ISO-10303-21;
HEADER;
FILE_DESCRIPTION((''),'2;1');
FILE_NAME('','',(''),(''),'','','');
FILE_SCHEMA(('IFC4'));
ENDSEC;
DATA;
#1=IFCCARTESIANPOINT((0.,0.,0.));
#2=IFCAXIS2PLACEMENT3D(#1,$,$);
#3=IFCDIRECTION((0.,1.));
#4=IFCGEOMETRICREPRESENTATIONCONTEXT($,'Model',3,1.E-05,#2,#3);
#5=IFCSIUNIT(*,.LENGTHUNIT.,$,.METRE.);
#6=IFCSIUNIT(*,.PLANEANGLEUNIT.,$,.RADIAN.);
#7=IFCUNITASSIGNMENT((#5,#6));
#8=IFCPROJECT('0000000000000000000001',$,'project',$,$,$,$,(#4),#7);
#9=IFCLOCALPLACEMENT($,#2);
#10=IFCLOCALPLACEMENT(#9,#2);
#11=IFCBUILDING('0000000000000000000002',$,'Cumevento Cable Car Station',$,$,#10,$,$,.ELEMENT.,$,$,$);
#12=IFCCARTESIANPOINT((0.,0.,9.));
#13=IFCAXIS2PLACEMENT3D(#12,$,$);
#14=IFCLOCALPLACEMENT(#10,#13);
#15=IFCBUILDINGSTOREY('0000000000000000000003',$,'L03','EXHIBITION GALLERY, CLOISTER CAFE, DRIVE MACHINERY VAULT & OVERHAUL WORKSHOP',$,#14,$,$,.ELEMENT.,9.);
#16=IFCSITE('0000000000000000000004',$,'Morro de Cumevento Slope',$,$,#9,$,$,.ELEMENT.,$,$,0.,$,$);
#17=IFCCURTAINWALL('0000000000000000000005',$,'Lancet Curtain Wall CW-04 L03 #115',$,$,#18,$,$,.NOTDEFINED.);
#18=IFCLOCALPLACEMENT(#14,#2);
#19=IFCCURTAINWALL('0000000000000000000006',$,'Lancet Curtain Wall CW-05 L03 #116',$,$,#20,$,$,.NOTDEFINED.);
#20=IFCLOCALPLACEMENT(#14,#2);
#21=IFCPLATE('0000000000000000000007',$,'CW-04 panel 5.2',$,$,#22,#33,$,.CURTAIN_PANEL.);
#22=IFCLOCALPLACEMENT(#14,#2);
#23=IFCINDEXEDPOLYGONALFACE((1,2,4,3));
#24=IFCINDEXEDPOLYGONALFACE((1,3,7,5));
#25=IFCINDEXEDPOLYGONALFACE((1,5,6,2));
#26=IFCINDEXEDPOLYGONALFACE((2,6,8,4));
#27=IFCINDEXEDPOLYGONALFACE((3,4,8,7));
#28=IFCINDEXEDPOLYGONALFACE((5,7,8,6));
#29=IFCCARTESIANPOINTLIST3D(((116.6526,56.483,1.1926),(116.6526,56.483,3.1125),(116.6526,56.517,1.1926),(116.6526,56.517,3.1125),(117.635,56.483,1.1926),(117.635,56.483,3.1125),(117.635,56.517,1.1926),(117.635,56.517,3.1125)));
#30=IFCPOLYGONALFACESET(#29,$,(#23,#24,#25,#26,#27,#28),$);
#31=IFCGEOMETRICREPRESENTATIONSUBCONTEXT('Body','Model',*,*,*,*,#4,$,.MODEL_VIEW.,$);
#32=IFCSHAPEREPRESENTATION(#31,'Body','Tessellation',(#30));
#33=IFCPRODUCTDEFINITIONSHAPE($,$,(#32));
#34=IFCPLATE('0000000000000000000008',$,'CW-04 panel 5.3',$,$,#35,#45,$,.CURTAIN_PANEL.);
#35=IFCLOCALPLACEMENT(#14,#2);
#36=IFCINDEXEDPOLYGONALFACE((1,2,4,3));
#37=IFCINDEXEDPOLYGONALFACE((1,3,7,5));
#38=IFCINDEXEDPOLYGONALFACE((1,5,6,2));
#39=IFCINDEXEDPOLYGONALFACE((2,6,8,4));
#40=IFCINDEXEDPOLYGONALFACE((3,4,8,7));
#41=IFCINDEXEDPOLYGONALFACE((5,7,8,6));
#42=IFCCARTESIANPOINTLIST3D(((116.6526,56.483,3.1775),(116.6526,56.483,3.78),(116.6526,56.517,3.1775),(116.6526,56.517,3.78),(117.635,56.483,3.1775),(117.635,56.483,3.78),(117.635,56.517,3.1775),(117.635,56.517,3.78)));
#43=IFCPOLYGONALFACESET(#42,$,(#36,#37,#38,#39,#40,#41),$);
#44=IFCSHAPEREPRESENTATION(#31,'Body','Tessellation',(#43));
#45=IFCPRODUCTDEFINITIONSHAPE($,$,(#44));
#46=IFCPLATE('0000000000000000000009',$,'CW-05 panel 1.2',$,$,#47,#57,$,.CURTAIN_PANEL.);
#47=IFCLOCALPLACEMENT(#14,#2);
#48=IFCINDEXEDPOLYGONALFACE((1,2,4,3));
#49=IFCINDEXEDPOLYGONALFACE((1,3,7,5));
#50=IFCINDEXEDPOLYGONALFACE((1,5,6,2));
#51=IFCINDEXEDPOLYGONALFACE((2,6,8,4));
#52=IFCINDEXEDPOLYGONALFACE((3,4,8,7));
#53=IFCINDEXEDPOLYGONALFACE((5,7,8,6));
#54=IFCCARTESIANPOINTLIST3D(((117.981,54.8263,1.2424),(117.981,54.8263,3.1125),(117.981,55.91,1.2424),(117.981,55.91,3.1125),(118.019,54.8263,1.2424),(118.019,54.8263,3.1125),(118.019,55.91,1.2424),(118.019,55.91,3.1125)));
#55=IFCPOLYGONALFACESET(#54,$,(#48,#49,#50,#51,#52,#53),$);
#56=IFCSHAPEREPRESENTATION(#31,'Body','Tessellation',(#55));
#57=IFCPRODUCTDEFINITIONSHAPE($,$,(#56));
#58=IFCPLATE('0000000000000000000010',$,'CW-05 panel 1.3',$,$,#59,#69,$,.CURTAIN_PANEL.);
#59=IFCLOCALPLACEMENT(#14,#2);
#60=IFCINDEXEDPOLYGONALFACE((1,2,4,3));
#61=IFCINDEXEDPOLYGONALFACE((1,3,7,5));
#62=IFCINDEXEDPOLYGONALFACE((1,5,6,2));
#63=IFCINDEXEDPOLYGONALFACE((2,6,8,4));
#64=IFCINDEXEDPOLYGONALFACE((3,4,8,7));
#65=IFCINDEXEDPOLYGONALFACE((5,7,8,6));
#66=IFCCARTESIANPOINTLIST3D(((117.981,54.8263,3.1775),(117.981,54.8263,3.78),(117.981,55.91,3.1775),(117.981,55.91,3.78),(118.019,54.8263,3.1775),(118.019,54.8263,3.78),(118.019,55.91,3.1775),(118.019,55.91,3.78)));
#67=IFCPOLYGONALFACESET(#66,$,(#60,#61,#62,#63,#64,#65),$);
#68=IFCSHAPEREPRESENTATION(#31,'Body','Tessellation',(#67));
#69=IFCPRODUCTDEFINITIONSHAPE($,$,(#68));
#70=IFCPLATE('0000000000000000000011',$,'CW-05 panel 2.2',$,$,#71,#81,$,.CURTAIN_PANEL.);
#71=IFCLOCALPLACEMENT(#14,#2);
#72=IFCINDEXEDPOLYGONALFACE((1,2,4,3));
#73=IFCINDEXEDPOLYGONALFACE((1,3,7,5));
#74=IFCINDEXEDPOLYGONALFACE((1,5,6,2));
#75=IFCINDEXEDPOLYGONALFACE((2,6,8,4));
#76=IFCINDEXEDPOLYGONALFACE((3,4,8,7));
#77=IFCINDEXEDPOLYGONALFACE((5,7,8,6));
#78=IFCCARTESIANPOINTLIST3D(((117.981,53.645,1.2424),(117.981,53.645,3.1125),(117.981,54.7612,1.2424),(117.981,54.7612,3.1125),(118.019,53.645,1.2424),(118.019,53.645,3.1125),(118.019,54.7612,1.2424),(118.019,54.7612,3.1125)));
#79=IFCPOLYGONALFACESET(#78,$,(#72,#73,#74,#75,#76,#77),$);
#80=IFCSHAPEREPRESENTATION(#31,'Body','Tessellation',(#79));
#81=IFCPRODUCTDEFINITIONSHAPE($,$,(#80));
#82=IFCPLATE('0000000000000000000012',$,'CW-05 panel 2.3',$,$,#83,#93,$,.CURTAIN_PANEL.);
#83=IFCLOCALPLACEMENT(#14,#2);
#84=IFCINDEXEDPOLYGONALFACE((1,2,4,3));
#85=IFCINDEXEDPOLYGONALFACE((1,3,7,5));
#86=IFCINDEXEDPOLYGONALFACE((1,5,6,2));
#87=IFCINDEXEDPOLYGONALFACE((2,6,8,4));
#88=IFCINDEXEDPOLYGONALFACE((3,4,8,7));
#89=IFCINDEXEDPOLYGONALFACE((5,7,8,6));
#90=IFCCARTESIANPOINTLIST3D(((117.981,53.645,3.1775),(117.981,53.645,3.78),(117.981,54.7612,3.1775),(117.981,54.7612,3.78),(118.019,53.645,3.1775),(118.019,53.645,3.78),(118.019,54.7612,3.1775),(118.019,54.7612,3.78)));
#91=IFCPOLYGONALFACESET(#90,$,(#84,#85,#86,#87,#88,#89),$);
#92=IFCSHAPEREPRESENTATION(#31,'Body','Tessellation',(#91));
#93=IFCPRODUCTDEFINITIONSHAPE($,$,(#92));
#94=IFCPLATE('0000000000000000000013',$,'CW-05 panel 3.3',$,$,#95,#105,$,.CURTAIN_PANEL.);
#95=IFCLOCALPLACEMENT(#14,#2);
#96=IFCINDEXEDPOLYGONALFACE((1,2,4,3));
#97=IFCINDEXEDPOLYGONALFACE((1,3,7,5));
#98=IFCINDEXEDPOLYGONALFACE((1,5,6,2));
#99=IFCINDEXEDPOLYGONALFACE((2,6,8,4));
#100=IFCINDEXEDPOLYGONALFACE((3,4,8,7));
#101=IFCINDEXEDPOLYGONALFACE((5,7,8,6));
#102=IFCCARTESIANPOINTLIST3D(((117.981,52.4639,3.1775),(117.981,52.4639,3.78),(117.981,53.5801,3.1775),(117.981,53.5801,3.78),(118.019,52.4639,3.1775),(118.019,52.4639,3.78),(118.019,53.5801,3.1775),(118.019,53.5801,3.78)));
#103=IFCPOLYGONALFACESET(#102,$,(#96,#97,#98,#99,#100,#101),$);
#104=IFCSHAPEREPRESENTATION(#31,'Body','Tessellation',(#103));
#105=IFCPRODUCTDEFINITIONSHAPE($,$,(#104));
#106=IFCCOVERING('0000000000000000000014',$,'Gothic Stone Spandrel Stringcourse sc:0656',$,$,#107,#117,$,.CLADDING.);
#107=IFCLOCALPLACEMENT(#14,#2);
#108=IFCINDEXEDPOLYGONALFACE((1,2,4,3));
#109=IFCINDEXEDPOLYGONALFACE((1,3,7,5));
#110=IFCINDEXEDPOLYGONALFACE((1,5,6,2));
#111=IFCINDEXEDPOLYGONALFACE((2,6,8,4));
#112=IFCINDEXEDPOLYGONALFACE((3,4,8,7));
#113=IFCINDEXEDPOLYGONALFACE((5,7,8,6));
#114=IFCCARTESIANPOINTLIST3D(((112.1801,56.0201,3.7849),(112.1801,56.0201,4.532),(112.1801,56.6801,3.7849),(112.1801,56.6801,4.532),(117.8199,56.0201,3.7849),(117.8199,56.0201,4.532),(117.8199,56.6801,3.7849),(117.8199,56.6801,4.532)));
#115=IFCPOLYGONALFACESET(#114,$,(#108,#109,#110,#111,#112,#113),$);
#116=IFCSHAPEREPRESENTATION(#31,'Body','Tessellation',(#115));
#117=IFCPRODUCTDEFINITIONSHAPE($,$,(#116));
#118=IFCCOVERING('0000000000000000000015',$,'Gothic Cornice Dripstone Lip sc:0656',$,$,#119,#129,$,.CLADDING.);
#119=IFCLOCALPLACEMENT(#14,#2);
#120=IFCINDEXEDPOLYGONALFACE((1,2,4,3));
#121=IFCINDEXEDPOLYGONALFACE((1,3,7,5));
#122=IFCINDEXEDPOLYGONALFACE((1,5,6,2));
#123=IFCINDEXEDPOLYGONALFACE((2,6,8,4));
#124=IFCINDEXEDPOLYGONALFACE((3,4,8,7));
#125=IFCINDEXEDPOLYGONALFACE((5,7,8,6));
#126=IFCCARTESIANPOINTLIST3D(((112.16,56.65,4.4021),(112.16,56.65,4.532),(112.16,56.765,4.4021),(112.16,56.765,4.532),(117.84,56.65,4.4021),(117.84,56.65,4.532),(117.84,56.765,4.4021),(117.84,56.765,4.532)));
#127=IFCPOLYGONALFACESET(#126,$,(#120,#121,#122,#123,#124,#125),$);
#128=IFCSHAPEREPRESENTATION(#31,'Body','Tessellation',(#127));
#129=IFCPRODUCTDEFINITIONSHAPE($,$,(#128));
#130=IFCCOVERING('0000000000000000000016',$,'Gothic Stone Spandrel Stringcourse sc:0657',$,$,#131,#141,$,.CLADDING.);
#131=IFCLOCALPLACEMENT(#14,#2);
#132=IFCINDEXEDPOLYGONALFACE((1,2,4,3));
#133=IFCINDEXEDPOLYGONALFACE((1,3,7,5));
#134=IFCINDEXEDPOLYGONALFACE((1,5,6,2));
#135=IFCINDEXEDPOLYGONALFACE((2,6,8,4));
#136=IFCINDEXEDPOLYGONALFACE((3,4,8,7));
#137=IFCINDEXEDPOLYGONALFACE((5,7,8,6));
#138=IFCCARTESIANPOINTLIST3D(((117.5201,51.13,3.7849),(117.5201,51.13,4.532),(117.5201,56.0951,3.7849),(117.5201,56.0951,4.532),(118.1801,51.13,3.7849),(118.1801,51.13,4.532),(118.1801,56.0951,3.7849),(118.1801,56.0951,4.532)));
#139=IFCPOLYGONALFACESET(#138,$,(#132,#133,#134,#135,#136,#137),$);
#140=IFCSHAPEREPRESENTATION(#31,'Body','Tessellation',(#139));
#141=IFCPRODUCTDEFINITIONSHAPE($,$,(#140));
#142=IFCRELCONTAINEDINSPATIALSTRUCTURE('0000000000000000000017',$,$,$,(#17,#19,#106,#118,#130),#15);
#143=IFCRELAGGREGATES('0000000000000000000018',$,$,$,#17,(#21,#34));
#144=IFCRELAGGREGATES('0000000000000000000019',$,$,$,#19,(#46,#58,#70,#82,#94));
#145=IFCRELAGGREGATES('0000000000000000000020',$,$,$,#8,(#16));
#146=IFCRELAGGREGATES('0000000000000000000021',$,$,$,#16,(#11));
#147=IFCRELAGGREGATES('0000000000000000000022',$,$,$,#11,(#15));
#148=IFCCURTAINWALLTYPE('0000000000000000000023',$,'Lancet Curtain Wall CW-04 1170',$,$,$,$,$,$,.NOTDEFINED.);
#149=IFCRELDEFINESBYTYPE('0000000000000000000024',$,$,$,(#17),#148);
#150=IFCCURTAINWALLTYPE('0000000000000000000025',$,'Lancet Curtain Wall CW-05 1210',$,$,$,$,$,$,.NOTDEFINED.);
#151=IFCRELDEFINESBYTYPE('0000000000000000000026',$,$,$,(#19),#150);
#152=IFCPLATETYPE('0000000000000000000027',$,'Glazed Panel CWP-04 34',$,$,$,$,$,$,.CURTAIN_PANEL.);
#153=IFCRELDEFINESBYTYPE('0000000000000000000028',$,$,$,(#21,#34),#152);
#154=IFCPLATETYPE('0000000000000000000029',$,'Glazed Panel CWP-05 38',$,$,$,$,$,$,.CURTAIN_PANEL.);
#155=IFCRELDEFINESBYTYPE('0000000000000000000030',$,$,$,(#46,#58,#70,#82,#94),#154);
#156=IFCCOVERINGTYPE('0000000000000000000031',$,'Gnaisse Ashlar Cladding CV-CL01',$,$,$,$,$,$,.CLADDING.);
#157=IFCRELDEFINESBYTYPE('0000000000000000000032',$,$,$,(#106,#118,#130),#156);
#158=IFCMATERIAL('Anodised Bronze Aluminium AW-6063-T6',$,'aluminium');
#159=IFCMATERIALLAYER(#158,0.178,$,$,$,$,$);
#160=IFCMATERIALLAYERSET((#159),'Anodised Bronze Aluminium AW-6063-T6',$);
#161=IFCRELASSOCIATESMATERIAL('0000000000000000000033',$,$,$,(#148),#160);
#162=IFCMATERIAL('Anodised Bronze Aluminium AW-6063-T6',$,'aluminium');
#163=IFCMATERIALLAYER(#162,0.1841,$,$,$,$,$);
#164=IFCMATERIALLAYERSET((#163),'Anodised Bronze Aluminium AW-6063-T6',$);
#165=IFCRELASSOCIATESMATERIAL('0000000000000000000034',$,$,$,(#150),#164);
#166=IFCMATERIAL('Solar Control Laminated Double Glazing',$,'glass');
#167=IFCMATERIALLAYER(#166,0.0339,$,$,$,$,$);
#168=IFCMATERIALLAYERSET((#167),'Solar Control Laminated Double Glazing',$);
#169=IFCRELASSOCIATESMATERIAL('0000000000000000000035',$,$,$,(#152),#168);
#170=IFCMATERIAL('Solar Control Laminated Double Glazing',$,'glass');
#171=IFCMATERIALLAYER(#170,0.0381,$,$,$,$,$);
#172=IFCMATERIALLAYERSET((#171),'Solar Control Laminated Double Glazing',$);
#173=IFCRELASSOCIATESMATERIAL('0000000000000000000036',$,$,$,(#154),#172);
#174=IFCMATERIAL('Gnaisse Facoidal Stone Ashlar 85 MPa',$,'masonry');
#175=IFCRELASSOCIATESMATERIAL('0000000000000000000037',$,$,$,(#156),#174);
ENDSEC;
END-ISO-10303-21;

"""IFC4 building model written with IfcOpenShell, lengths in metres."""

from ifc_helpers import new_model, si_unit, direction, frame, origin, origin_2d, place, context, subcontext, project, spatial, rectangle, extrude, material, layer, layer_set, type_object, element, aggregate, save


model = new_model("IFC4")

# Units and contexts
model_context = context("Model", 3, precision=1e-05, world=origin(), true_north=direction((0.0, 1.0)))
body_context = subcontext(model_context, "Body", "Model", "MODEL_VIEW")
ifc_project = project(units=[si_unit("LENGTHUNIT", "METRE"), si_unit("PLANEANGLEUNIT", "RADIAN")], contexts=[model_context])

# Site, building, storey
site_placement = place(None, origin())
site = spatial("IfcSite", under=ifc_project, at=site_placement, Name="Morro de Cumevento Slope", CompositionType="ELEMENT", RefElevation=0.0)
building_placement = place(site_placement, origin())
building = spatial("IfcBuilding", under=site, at=building_placement, Name="Cumevento Cable Car Station", CompositionType="ELEMENT")
storey_placement = place(building_placement, frame((0.0, 0.0, 9.0)))
storey = spatial("IfcBuildingStorey", under=building, at=storey_placement, Name="L03", Description="EXHIBITION GALLERY, CLOISTER CAFE, DRIVE MACHINERY VAULT & OVERHAUL WORKSHOP", CompositionType="ELEMENT", Elevation=9.0)

# Curtain walls
ifc_material_1 = material(Name="Anodised Bronze Aluminium AW-6063-T6", Category="aluminium")
ifc_layer_1 = layer(ifc_material_1, 0.178)
ifc_layer_set_1 = layer_set([ifc_layer_1], Name="Anodised Bronze Aluminium AW-6063-T6")
curtain_wall_type_1 = type_object("IfcCurtainWallType", Name="Lancet Curtain Wall CW-04 1170", PredefinedType="NOTDEFINED", material=ifc_layer_set_1)
curtain_wall_1_placement = place(storey_placement, origin())
curtain_wall_1 = element("IfcCurtainWall", 1, at=curtain_wall_1_placement, inside=storey, type_object=curtain_wall_type_1, Name="Lancet Curtain Wall CW-04 L03 #115", PredefinedType="NOTDEFINED")
ifc_material_2 = material(Name="Anodised Bronze Aluminium AW-6063-T6", Category="aluminium")
ifc_layer_2 = layer(ifc_material_2, 0.1841)
ifc_layer_set_2 = layer_set([ifc_layer_2], Name="Anodised Bronze Aluminium AW-6063-T6")
curtain_wall_type_2 = type_object("IfcCurtainWallType", Name="Lancet Curtain Wall CW-05 1210", PredefinedType="NOTDEFINED", material=ifc_layer_set_2)
curtain_wall_2_placement = place(storey_placement, origin())
curtain_wall_2 = element("IfcCurtainWall", 2, at=curtain_wall_2_placement, inside=storey, type_object=curtain_wall_type_2, Name="Lancet Curtain Wall CW-05 L03 #116", PredefinedType="NOTDEFINED")

# Plates
ifc_material_3 = material(Name="Solar Control Laminated Double Glazing", Category="glass")
ifc_layer_3 = layer(ifc_material_3, 0.0339)
ifc_layer_set_3 = layer_set([ifc_layer_3], Name="Solar Control Laminated Double Glazing")
plate_type_1 = type_object("IfcPlateType", Name="Glazed Panel CWP-04 34", PredefinedType="CURTAIN_PANEL", material=ifc_layer_set_3)
plate_1_placement = place(storey_placement, frame((117.1438, 56.5, 1.1926), z_axis=(0.0, 0.0, 1.0), x_axis=(1.0, 0.0, 0.0)))
plate_1 = element("IfcPlate", 3, at=plate_1_placement, type_object=plate_type_1, Name="CW-04 panel 5.2", PredefinedType="CURTAIN_PANEL", context=body_context, shape_type="SweptSolid", body=[
    extrude(rectangle(XDim=0.9824, YDim=0.0339, at=origin_2d()), origin(), (0.0, 0.0, 1.0), 1.9199),
])
plate_2_placement = place(storey_placement, frame((117.1438, 56.5, 3.1775), z_axis=(0.0, 0.0, 1.0), x_axis=(1.0, 0.0, 0.0)))
plate_2 = element("IfcPlate", 4, at=plate_2_placement, type_object=plate_type_1, Name="CW-04 panel 5.3", PredefinedType="CURTAIN_PANEL", context=body_context, shape_type="SweptSolid", body=[
    extrude(rectangle(XDim=0.9824, YDim=0.0339, at=origin_2d()), origin(), (0.0, 0.0, 1.0), 0.6025),
])
aggregate(curtain_wall_1, [plate_1, plate_2])
ifc_material_4 = material(Name="Solar Control Laminated Double Glazing", Category="glass")
ifc_layer_4 = layer(ifc_material_4, 0.0381)
ifc_layer_set_4 = layer_set([ifc_layer_4], Name="Solar Control Laminated Double Glazing")
plate_type_2 = type_object("IfcPlateType", Name="Glazed Panel CWP-05 38", PredefinedType="CURTAIN_PANEL", material=ifc_layer_set_4)
plate_3_placement = place(storey_placement, frame((118.0, 55.3682, 1.2424), z_axis=(0.0, 0.0, 1.0), x_axis=(0.0, -1.0, 0.0)))
plate_3 = element("IfcPlate", 5, at=plate_3_placement, type_object=plate_type_2, Name="CW-05 panel 1.2", PredefinedType="CURTAIN_PANEL", context=body_context, shape_type="SweptSolid", body=[
    extrude(rectangle(XDim=1.0837, YDim=0.0381, at=origin_2d()), origin(), (0.0, 0.0, 1.0), 1.8701),
])
plate_4_placement = place(storey_placement, frame((118.0, 55.3682, 3.1775), z_axis=(0.0, 0.0, 1.0), x_axis=(0.0, -1.0, 0.0)))
plate_4 = element("IfcPlate", 6, at=plate_4_placement, type_object=plate_type_2, Name="CW-05 panel 1.3", PredefinedType="CURTAIN_PANEL", context=body_context, shape_type="SweptSolid", body=[
    extrude(rectangle(XDim=1.0837, YDim=0.0381, at=origin_2d()), origin(), (0.0, 0.0, 1.0), 0.6025),
])
plate_5_placement = place(storey_placement, frame((118.0, 54.2031, 1.2424), z_axis=(0.0, 0.0, 1.0), x_axis=(0.0, -1.0, 0.0)))
plate_5 = element("IfcPlate", 7, at=plate_5_placement, type_object=plate_type_2, Name="CW-05 panel 2.2", PredefinedType="CURTAIN_PANEL", context=body_context, shape_type="SweptSolid", body=[
    extrude(rectangle(XDim=1.1162, YDim=0.0381, at=origin_2d()), origin(), (0.0, 0.0, 1.0), 1.8701),
])
plate_6_placement = place(storey_placement, frame((118.0, 54.2031, 3.1775), z_axis=(0.0, 0.0, 1.0), x_axis=(0.0, -1.0, 0.0)))
plate_6 = element("IfcPlate", 8, at=plate_6_placement, type_object=plate_type_2, Name="CW-05 panel 2.3", PredefinedType="CURTAIN_PANEL", context=body_context, shape_type="SweptSolid", body=[
    extrude(rectangle(XDim=1.1162, YDim=0.0381, at=origin_2d()), origin(), (0.0, 0.0, 1.0), 0.6025),
])
plate_7_placement = place(storey_placement, frame((118.0, 53.022, 3.1775), z_axis=(0.0, 0.0, 1.0), x_axis=(0.0, -1.0, 0.0)))
plate_7 = element("IfcPlate", 9, at=plate_7_placement, type_object=plate_type_2, Name="CW-05 panel 3.3", PredefinedType="CURTAIN_PANEL", context=body_context, shape_type="SweptSolid", body=[
    extrude(rectangle(XDim=1.1162, YDim=0.0381, at=origin_2d()), origin(), (0.0, 0.0, 1.0), 0.6025),
])
aggregate(curtain_wall_2, [plate_3, plate_4, plate_5, plate_6, plate_7])

# Coverings
ifc_material_5 = material(Name="Gnaisse Facoidal Stone Ashlar 85 MPa", Category="masonry")
covering_type = type_object("IfcCoveringType", Name="Gnaisse Ashlar Cladding CV-CL01", PredefinedType="CLADDING", material=ifc_material_5)
covering_1_placement = place(storey_placement, frame((115.0, 56.3501, 3.7849), z_axis=(0.0, 0.0, 1.0), x_axis=(1.0, 0.0, 0.0)))
element("IfcCovering", 10, at=covering_1_placement, inside=storey, type_object=covering_type, Name="Gothic Stone Spandrel Stringcourse sc:0656", PredefinedType="CLADDING", context=body_context, shape_type="SweptSolid", body=[
    extrude(rectangle(XDim=5.6399, YDim=0.6599, at=origin_2d()), origin(), (0.0, 0.0, 1.0), 0.7471),
])
covering_2_placement = place(storey_placement, frame((115.0, 56.7075, 4.4021), z_axis=(0.0, 0.0, 1.0), x_axis=(1.0, 0.0, 0.0)))
element("IfcCovering", 11, at=covering_2_placement, inside=storey, type_object=covering_type, Name="Gothic Cornice Dripstone Lip sc:0656", PredefinedType="CLADDING", context=body_context, shape_type="SweptSolid", body=[
    extrude(rectangle(XDim=5.6799, YDim=0.115, at=origin_2d()), origin(), (0.0, 0.0, 1.0), 0.1299),
])
covering_3_placement = place(storey_placement, frame((117.8501, 53.6125, 3.7849), z_axis=(0.0, 0.0, 1.0), x_axis=(0.0, -1.0, 0.0)))
element("IfcCovering", 12, at=covering_3_placement, inside=storey, type_object=covering_type, Name="Gothic Stone Spandrel Stringcourse sc:0657", PredefinedType="CLADDING", context=body_context, shape_type="SweptSolid", body=[
    extrude(rectangle(XDim=4.9651, YDim=0.6599, at=origin_2d()), origin(), (0.0, 0.0, 1.0), 0.7471),
])

save(model, "model.ifc")
